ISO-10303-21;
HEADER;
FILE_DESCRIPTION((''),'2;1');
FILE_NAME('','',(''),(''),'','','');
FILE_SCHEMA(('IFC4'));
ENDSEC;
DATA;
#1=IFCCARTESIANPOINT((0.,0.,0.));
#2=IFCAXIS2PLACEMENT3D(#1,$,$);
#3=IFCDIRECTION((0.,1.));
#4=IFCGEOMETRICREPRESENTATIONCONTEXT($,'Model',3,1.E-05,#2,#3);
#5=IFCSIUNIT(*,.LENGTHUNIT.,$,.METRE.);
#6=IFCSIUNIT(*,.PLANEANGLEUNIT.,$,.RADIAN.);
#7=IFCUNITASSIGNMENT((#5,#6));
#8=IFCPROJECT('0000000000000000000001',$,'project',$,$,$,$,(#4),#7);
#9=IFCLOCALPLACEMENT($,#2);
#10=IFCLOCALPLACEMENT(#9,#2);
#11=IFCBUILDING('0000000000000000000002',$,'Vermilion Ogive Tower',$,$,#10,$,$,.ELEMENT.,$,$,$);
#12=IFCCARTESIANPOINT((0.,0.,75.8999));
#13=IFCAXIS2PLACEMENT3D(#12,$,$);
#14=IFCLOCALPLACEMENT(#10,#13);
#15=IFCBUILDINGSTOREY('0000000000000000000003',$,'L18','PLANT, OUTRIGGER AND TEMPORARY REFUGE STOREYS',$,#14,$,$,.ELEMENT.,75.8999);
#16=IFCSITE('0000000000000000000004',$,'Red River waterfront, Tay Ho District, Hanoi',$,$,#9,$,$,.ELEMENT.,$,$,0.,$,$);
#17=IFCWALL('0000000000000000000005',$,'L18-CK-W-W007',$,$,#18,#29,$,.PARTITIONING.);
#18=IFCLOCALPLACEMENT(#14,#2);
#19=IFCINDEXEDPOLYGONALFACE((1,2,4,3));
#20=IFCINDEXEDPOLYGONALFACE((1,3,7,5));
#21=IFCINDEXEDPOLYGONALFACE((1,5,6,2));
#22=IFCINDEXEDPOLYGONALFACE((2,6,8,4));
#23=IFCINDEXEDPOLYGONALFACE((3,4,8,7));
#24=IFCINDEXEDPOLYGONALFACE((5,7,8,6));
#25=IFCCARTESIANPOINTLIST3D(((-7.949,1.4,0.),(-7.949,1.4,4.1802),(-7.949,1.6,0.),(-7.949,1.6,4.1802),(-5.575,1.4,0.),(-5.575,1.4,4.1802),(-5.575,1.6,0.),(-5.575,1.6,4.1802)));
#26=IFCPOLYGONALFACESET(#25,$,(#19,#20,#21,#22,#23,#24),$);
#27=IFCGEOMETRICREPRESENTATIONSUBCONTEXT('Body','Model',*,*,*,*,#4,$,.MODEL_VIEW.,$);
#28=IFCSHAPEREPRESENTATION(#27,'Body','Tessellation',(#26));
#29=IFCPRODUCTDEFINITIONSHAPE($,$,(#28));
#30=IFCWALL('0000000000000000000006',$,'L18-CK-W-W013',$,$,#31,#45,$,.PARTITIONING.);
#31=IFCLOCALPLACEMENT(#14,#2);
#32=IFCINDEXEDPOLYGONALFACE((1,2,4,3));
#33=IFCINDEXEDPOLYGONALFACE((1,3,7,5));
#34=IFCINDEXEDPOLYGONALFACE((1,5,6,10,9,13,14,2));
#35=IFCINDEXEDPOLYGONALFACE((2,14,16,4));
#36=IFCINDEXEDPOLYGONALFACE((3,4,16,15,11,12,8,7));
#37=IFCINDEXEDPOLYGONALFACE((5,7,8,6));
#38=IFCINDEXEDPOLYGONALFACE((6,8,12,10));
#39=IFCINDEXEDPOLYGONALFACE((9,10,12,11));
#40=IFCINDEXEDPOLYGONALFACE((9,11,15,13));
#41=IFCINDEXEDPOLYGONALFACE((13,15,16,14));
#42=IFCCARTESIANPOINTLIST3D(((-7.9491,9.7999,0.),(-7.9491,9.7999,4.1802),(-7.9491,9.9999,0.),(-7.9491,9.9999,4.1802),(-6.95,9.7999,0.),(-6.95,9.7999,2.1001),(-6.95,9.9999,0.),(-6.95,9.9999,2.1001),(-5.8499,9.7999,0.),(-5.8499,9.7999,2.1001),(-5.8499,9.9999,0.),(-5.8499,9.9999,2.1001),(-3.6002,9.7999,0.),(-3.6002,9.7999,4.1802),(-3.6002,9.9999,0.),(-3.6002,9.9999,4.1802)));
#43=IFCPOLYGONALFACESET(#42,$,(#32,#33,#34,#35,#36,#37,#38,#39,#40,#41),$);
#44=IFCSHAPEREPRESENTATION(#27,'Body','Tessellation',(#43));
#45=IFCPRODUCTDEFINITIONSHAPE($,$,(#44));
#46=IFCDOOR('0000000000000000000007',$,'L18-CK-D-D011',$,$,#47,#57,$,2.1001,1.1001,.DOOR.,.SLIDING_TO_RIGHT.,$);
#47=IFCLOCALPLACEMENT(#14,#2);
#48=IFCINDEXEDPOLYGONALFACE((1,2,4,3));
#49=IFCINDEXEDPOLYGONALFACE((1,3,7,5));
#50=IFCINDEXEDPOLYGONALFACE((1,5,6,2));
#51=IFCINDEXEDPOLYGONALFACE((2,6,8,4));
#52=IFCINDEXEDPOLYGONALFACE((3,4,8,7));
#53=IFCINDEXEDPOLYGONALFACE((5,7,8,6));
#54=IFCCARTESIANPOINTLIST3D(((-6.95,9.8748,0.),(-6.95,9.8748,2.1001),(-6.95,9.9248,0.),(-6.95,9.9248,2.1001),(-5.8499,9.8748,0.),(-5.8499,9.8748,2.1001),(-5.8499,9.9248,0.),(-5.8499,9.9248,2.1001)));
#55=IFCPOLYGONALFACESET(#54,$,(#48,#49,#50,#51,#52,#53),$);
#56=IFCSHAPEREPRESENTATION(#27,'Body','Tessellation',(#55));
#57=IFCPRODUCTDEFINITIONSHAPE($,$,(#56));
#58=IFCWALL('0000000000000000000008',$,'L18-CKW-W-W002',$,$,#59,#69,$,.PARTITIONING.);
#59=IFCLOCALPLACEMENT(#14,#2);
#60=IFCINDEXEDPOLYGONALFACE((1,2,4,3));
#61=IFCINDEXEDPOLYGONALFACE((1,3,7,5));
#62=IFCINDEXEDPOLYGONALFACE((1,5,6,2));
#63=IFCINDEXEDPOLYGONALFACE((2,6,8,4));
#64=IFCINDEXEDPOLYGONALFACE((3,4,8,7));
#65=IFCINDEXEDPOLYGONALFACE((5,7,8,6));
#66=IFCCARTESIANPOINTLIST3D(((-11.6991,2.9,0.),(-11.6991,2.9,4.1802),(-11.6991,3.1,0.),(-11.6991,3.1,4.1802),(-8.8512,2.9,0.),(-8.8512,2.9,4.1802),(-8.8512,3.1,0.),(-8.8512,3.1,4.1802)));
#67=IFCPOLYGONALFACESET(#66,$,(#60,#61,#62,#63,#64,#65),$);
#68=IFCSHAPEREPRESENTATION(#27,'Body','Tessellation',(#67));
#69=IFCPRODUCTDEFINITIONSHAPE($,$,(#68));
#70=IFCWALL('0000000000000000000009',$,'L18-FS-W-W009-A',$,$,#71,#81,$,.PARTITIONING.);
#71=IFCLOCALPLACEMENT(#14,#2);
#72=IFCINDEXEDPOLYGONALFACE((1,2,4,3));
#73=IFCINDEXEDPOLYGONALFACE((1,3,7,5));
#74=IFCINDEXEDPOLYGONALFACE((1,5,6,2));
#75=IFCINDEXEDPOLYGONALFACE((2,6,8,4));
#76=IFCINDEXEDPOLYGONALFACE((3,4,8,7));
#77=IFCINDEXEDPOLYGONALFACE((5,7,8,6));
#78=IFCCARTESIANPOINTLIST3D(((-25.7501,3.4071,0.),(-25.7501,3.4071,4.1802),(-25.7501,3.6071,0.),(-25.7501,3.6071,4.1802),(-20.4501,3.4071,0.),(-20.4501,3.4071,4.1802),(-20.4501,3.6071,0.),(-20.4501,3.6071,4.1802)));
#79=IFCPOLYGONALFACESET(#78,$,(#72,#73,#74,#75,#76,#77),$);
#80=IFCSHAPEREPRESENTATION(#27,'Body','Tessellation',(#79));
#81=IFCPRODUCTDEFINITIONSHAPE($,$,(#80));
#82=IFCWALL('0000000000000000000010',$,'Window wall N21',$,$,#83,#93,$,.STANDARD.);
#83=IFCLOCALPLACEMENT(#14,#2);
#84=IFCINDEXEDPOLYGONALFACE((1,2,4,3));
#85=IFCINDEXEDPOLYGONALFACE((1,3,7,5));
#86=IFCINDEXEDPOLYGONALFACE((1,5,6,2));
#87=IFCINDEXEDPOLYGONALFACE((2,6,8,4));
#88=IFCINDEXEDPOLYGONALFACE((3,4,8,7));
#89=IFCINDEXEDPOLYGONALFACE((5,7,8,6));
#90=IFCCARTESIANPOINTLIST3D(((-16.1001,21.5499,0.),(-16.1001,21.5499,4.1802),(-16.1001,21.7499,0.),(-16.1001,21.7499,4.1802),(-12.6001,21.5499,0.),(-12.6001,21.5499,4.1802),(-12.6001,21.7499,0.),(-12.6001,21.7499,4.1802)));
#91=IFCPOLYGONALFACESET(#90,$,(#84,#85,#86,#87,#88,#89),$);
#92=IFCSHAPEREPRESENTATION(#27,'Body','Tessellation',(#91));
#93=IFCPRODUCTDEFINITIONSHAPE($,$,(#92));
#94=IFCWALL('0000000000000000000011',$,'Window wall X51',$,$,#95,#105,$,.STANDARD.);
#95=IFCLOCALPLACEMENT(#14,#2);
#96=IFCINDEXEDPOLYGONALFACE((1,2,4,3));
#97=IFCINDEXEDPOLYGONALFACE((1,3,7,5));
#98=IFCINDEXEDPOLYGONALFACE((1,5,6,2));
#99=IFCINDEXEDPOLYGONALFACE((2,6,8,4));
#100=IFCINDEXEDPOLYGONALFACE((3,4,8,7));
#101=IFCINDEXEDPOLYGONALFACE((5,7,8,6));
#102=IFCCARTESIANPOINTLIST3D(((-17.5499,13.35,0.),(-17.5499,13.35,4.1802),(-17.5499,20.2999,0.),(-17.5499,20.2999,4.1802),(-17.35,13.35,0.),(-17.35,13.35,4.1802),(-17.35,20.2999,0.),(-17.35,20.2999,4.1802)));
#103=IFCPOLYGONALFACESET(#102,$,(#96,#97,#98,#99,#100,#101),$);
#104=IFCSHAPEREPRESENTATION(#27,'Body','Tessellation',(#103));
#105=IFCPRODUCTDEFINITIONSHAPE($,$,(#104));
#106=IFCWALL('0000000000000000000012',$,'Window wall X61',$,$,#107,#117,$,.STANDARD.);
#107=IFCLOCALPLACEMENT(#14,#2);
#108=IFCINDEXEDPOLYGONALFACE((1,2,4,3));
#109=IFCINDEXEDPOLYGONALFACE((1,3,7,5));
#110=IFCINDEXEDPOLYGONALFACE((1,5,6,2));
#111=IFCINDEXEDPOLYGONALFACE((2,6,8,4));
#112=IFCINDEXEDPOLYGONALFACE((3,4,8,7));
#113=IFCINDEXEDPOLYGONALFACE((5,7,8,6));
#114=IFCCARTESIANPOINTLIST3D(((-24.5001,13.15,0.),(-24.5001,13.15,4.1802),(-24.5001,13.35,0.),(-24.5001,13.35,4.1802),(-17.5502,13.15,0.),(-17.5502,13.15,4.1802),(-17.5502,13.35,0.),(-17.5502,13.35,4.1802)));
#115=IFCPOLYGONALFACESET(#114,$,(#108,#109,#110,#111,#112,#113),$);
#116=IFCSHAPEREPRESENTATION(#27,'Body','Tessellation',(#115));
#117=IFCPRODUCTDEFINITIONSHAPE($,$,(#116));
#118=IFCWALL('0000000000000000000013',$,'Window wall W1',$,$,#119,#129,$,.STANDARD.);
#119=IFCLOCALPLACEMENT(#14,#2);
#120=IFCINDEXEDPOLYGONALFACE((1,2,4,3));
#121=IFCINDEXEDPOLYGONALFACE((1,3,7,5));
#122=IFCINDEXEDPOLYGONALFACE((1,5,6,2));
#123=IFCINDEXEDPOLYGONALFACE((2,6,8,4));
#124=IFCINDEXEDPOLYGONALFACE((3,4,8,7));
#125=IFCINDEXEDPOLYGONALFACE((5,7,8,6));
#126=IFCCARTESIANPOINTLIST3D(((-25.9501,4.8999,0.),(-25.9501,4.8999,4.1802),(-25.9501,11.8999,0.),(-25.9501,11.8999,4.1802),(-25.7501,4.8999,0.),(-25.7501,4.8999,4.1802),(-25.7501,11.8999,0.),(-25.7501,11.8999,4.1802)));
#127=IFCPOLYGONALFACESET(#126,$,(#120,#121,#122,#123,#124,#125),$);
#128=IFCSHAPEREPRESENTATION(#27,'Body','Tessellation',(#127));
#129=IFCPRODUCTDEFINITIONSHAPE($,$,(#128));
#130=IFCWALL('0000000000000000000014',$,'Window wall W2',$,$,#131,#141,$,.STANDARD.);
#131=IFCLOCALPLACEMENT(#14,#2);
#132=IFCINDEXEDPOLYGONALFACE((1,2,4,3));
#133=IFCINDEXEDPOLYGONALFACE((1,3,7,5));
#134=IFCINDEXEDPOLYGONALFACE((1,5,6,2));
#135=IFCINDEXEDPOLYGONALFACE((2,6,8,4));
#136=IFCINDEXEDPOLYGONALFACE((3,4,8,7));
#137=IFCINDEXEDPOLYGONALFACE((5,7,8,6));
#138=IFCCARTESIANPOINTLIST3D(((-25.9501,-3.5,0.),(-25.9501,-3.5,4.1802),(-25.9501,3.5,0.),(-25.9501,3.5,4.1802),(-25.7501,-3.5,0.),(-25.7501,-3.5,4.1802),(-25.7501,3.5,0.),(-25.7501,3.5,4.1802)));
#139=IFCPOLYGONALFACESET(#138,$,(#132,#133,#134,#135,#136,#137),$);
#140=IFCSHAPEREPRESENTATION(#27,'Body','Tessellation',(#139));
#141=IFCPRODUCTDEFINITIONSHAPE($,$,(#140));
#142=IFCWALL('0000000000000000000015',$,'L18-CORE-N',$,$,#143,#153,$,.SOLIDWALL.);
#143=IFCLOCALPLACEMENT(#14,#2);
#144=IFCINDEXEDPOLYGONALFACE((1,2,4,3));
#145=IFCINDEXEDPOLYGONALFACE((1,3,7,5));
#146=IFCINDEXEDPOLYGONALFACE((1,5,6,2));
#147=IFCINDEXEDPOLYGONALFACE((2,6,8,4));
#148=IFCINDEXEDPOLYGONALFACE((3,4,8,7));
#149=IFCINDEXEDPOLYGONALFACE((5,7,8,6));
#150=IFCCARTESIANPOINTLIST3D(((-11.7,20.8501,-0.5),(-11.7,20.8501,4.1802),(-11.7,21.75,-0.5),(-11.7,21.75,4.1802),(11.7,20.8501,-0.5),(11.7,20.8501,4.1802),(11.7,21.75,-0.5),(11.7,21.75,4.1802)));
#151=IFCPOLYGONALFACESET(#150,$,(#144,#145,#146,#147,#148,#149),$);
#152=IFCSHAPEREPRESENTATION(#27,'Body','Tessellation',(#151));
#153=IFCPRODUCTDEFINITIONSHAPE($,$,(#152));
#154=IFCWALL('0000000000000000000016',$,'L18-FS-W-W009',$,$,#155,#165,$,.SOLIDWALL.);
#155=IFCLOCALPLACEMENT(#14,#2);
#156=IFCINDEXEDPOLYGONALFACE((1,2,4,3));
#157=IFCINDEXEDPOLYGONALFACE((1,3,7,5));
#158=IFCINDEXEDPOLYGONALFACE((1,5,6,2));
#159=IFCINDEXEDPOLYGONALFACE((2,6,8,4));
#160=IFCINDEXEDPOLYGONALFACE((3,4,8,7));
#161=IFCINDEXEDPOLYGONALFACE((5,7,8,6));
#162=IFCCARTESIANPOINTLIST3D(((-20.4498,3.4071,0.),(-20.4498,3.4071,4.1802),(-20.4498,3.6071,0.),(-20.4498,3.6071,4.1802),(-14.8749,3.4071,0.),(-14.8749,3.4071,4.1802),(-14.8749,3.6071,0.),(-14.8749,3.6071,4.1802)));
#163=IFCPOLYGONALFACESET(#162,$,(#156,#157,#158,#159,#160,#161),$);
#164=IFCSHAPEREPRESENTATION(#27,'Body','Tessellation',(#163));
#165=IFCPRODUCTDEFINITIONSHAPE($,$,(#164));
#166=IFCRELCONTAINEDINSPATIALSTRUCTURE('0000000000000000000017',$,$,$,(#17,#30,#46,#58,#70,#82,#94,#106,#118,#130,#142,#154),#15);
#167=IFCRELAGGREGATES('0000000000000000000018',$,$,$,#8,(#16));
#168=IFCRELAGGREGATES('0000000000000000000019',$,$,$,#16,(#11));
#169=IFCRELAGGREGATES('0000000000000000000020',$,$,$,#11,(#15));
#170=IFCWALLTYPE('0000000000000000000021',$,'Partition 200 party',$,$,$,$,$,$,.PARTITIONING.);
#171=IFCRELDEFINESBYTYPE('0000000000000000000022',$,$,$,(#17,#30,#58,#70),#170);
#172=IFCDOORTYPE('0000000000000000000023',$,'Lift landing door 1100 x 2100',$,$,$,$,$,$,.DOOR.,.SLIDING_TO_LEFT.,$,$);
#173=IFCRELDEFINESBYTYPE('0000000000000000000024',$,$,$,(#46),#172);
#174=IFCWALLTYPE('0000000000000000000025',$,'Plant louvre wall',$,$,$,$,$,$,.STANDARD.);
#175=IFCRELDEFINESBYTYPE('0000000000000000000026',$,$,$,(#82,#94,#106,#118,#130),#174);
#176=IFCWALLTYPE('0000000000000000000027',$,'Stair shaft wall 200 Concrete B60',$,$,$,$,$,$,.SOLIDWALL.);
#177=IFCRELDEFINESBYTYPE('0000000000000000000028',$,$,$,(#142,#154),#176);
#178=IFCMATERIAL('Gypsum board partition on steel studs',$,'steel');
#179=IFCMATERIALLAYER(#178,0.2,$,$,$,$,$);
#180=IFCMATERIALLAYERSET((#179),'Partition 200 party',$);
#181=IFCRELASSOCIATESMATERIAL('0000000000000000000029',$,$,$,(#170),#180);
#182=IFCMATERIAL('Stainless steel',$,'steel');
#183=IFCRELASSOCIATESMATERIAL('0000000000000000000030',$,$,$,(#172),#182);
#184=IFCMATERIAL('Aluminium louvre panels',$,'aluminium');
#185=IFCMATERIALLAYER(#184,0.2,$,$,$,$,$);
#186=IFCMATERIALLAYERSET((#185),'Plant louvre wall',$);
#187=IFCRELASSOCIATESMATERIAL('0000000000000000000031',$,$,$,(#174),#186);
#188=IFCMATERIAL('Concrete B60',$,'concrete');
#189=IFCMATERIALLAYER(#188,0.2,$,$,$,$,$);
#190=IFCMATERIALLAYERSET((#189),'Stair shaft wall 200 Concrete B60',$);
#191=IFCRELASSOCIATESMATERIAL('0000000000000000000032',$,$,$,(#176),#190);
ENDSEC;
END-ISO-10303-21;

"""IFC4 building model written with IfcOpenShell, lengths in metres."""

from ifc_helpers import new_model, si_unit, direction, frame, frame_2d, origin, place, context, subcontext, project, spatial, rectangle, extrude, material, layer, layer_set, type_object, element, fill, save


model = new_model("IFC4")

# Units and contexts
model_context = context("Model", 3, precision=1e-05, world=origin(), true_north=direction((0.0, 1.0)))
body_context = subcontext(model_context, "Body", "Model", "MODEL_VIEW")
ifc_project = project(units=[si_unit("LENGTHUNIT", "METRE"), si_unit("PLANEANGLEUNIT", "RADIAN")], contexts=[model_context])

# Site, building, storey
site_placement = place(None, origin())
site = spatial("IfcSite", under=ifc_project, at=site_placement, Name="Red River waterfront, Tay Ho District, Hanoi", CompositionType="ELEMENT", RefElevation=0.0)
building_placement = place(site_placement, origin())
building = spatial("IfcBuilding", under=site, at=building_placement, Name="Vermilion Ogive Tower", CompositionType="ELEMENT")
storey_placement = place(building_placement, frame((0.0, 0.0, 75.8999)))
storey = spatial("IfcBuildingStorey", under=building, at=storey_placement, Name="L18", Description="PLANT, OUTRIGGER AND TEMPORARY REFUGE STOREYS", CompositionType="ELEMENT", Elevation=75.8999)

# Wall
ifc_material_1 = material(Name="Gypsum board partition on steel studs", Category="steel")
ifc_layer_1 = layer(ifc_material_1, 0.2)
ifc_layer_set_1 = layer_set([ifc_layer_1], Name="Partition 200 party")
wall_type_1 = type_object("IfcWallType", Name="Partition 200 party", PredefinedType="PARTITIONING", material=ifc_layer_set_1)
wall_1_placement = place(storey_placement, frame((-7.949, 1.5, 0.0), z_axis=(0.0, 0.0, 1.0), x_axis=(1.0, 0.0, 0.0)))
element("IfcWall", 1, at=wall_1_placement, inside=storey, type_object=wall_type_1, Name="L18-CK-W-W007", PredefinedType="PARTITIONING", context=body_context, shape_type="SweptSolid", body=[
    extrude(rectangle(XDim=2.374, YDim=0.2, at=frame_2d((1.187, 0.0))), origin(), (0.0, 0.0, 1.0), 4.1802),
])

# Wall, opening, door
wall_2_placement = place(storey_placement, frame((-7.949, 9.8999, 0.0), z_axis=(0.0, 0.0, 1.0), x_axis=(1.0, 0.0, 0.0)))
wall_2 = element("IfcWall", 2, at=wall_2_placement, inside=storey, type_object=wall_type_1, Name="L18-CK-W-W013", PredefinedType="PARTITIONING", context=body_context, shape_type="SweptSolid", body=[
    extrude(rectangle(XDim=4.3489, YDim=0.2, at=frame_2d((2.1743, 0.0))), origin(), (0.0, 0.0, 1.0), 4.1802),
])
opening_1_placement = place(wall_2_placement, frame((0.999, 0.0, 0.0)))
opening_1 = element("IfcOpeningElement", 3, at=opening_1_placement, cuts=wall_2, PredefinedType="OPENING", context=body_context, shape_type="SweptSolid", body=[
    extrude(rectangle(XDim=1.1001, YDim=2.1001, at=frame_2d((0.55, 1.05))), frame((0.0, 0.1099, 0.0), z_axis=(0.0, -1.0, 0.0), x_axis=(1.0, 0.0, 0.0)), (0.0, 0.0, 1.0), 0.22),
])
ifc_material_2 = material(Name="Stainless steel", Category="steel")
door_type_1 = type_object("IfcDoorType", Name="Lift landing door 1100 x 2100", OperationType="SLIDING_TO_LEFT", PredefinedType="DOOR", material=ifc_material_2)
door_1_placement = place(opening_1_placement, origin())
door_1 = element("IfcDoor", 4, at=door_1_placement, inside=storey, type_object=door_type_1, Name="L18-CK-D-D011", OperationType="SLIDING_TO_RIGHT", OverallHeight=2.1001, OverallWidth=1.1001, PredefinedType="DOOR", context=body_context, shape_type="SweptSolid", body=[
    extrude(rectangle(XDim=1.1001, YDim=2.1001, at=frame_2d((0.55, 1.05))), frame((0.0, 0.0249, 0.0), z_axis=(0.0, -1.0, 0.0), x_axis=(1.0, 0.0, 0.0)), (0.0, 0.0, 1.0), 0.05),
])
fill(opening_1, door_1)

# Walls
wall_3_placement = place(storey_placement, frame((-11.699, 3.0, 0.0), z_axis=(0.0, 0.0, 1.0), x_axis=(1.0, 0.0, 0.0)))
element("IfcWall", 5, at=wall_3_placement, inside=storey, type_object=wall_type_1, Name="L18-CKW-W-W002", PredefinedType="PARTITIONING", context=body_context, shape_type="SweptSolid", body=[
    extrude(rectangle(XDim=2.8479, YDim=0.2, at=frame_2d((1.4238, 0.0))), origin(), (0.0, 0.0, 1.0), 4.1802),
])
wall_4_placement = place(storey_placement, frame((-25.75, 3.5071, 0.0), z_axis=(0.0, 0.0, 1.0), x_axis=(1.0, 0.0, 0.0)))
element("IfcWall", 6, at=wall_4_placement, inside=storey, type_object=wall_type_1, Name="L18-FS-W-W009-A", PredefinedType="PARTITIONING", context=body_context, shape_type="SweptSolid", body=[
    extrude(rectangle(XDim=5.3, YDim=0.2, at=frame_2d((2.6499, 0.0))), origin(), (0.0, 0.0, 1.0), 4.1802),
])
ifc_material_3 = material(Name="Aluminium louvre panels", Category="aluminium")
ifc_layer_2 = layer(ifc_material_3, 0.2)
ifc_layer_set_2 = layer_set([ifc_layer_2], Name="Plant louvre wall")
wall_type_2 = type_object("IfcWallType", Name="Plant louvre wall", PredefinedType="STANDARD", material=ifc_layer_set_2)
wall_5_placement = place(storey_placement, frame((-12.6001, 21.6499, 0.0), z_axis=(0.0, 0.0, 1.0), x_axis=(-1.0, 0.0, 0.0)))
element("IfcWall", 7, at=wall_5_placement, inside=storey, type_object=wall_type_2, Name="Window wall N21", PredefinedType="STANDARD", context=body_context, shape_type="SweptSolid", body=[
    extrude(rectangle(XDim=3.5, YDim=0.2, at=frame_2d((1.75, 0.0))), origin(), (0.0, 0.0, 1.0), 4.1802),
])
for number, where, z_axis, x_axis, name in (
    (8, (-17.45, 20.3, 0.0), (0.0, 0.0, 1.0), (0.0, -1.0, 0.0), "Window wall X51"),
    (9, (-17.55, 13.25, 0.0), (0.0, 0.0, 1.0), (-1.0, 0.0, 0.0), "Window wall X61"),
):
    element("IfcWall", number, at=place(storey_placement, frame(where, z_axis=z_axis, x_axis=x_axis)), inside=storey, type_object=wall_type_2, Name=name, PredefinedType="STANDARD", context=body_context, shape_type="SweptSolid", body=[
        extrude(rectangle(XDim=6.95, YDim=0.2, at=frame_2d((3.4751, 0.0))), origin(), (0.0, 0.0, 1.0), 4.1802),
    ])
for number, where, z_axis, x_axis, name in (
    (10, (-25.8501, 11.8999, 0.0), (0.0, 0.0, 1.0), (0.0, -1.0, 0.0), "Window wall W1"),
    (11, (-25.8501, 3.5, 0.0), (0.0, 0.0, 1.0), (0.0, -1.0, 0.0), "Window wall W2"),
):
    element("IfcWall", number, at=place(storey_placement, frame(where, z_axis=z_axis, x_axis=x_axis)), inside=storey, type_object=wall_type_2, Name=name, PredefinedType="STANDARD", context=body_context, shape_type="SweptSolid", body=[
        extrude(rectangle(XDim=7.0, YDim=0.2, at=frame_2d((3.5, 0.0))), origin(), (0.0, 0.0, 1.0), 4.1802),
    ])
ifc_material_4 = material(Name="Concrete B60", Category="concrete")
ifc_layer_3 = layer(ifc_material_4, 0.2)
ifc_layer_set_3 = layer_set([ifc_layer_3], Name="Stair shaft wall 200 Concrete B60")
wall_type_3 = type_object("IfcWallType", Name="Stair shaft wall 200 Concrete B60", PredefinedType="SOLIDWALL", material=ifc_layer_set_3)
wall_6_placement = place(storey_placement, frame((-11.7, 21.3, -0.5), z_axis=(0.0, 0.0, 1.0), x_axis=(1.0, 0.0, 0.0)))
element("IfcWall", 12, at=wall_6_placement, inside=storey, type_object=wall_type_3, Name="L18-CORE-N", PredefinedType="SOLIDWALL", context=body_context, shape_type="SweptSolid", body=[
    extrude(rectangle(XDim=23.3999, YDim=0.8999, at=frame_2d((11.7, 0.0))), origin(), (0.0, 0.0, 1.0), 4.6802),
])
wall_7_placement = place(storey_placement, frame((-20.45, 3.5071, 0.0), z_axis=(0.0, 0.0, 1.0), x_axis=(1.0, 0.0, 0.0)))
element("IfcWall", 13, at=wall_7_placement, inside=storey, type_object=wall_type_3, Name="L18-FS-W-W009", PredefinedType="SOLIDWALL", context=body_context, shape_type="SweptSolid", body=[
    extrude(rectangle(XDim=5.575, YDim=0.2, at=frame_2d((2.7876, 0.0))), origin(), (0.0, 0.0, 1.0), 4.1802),
])

save(model, "model.ifc")
